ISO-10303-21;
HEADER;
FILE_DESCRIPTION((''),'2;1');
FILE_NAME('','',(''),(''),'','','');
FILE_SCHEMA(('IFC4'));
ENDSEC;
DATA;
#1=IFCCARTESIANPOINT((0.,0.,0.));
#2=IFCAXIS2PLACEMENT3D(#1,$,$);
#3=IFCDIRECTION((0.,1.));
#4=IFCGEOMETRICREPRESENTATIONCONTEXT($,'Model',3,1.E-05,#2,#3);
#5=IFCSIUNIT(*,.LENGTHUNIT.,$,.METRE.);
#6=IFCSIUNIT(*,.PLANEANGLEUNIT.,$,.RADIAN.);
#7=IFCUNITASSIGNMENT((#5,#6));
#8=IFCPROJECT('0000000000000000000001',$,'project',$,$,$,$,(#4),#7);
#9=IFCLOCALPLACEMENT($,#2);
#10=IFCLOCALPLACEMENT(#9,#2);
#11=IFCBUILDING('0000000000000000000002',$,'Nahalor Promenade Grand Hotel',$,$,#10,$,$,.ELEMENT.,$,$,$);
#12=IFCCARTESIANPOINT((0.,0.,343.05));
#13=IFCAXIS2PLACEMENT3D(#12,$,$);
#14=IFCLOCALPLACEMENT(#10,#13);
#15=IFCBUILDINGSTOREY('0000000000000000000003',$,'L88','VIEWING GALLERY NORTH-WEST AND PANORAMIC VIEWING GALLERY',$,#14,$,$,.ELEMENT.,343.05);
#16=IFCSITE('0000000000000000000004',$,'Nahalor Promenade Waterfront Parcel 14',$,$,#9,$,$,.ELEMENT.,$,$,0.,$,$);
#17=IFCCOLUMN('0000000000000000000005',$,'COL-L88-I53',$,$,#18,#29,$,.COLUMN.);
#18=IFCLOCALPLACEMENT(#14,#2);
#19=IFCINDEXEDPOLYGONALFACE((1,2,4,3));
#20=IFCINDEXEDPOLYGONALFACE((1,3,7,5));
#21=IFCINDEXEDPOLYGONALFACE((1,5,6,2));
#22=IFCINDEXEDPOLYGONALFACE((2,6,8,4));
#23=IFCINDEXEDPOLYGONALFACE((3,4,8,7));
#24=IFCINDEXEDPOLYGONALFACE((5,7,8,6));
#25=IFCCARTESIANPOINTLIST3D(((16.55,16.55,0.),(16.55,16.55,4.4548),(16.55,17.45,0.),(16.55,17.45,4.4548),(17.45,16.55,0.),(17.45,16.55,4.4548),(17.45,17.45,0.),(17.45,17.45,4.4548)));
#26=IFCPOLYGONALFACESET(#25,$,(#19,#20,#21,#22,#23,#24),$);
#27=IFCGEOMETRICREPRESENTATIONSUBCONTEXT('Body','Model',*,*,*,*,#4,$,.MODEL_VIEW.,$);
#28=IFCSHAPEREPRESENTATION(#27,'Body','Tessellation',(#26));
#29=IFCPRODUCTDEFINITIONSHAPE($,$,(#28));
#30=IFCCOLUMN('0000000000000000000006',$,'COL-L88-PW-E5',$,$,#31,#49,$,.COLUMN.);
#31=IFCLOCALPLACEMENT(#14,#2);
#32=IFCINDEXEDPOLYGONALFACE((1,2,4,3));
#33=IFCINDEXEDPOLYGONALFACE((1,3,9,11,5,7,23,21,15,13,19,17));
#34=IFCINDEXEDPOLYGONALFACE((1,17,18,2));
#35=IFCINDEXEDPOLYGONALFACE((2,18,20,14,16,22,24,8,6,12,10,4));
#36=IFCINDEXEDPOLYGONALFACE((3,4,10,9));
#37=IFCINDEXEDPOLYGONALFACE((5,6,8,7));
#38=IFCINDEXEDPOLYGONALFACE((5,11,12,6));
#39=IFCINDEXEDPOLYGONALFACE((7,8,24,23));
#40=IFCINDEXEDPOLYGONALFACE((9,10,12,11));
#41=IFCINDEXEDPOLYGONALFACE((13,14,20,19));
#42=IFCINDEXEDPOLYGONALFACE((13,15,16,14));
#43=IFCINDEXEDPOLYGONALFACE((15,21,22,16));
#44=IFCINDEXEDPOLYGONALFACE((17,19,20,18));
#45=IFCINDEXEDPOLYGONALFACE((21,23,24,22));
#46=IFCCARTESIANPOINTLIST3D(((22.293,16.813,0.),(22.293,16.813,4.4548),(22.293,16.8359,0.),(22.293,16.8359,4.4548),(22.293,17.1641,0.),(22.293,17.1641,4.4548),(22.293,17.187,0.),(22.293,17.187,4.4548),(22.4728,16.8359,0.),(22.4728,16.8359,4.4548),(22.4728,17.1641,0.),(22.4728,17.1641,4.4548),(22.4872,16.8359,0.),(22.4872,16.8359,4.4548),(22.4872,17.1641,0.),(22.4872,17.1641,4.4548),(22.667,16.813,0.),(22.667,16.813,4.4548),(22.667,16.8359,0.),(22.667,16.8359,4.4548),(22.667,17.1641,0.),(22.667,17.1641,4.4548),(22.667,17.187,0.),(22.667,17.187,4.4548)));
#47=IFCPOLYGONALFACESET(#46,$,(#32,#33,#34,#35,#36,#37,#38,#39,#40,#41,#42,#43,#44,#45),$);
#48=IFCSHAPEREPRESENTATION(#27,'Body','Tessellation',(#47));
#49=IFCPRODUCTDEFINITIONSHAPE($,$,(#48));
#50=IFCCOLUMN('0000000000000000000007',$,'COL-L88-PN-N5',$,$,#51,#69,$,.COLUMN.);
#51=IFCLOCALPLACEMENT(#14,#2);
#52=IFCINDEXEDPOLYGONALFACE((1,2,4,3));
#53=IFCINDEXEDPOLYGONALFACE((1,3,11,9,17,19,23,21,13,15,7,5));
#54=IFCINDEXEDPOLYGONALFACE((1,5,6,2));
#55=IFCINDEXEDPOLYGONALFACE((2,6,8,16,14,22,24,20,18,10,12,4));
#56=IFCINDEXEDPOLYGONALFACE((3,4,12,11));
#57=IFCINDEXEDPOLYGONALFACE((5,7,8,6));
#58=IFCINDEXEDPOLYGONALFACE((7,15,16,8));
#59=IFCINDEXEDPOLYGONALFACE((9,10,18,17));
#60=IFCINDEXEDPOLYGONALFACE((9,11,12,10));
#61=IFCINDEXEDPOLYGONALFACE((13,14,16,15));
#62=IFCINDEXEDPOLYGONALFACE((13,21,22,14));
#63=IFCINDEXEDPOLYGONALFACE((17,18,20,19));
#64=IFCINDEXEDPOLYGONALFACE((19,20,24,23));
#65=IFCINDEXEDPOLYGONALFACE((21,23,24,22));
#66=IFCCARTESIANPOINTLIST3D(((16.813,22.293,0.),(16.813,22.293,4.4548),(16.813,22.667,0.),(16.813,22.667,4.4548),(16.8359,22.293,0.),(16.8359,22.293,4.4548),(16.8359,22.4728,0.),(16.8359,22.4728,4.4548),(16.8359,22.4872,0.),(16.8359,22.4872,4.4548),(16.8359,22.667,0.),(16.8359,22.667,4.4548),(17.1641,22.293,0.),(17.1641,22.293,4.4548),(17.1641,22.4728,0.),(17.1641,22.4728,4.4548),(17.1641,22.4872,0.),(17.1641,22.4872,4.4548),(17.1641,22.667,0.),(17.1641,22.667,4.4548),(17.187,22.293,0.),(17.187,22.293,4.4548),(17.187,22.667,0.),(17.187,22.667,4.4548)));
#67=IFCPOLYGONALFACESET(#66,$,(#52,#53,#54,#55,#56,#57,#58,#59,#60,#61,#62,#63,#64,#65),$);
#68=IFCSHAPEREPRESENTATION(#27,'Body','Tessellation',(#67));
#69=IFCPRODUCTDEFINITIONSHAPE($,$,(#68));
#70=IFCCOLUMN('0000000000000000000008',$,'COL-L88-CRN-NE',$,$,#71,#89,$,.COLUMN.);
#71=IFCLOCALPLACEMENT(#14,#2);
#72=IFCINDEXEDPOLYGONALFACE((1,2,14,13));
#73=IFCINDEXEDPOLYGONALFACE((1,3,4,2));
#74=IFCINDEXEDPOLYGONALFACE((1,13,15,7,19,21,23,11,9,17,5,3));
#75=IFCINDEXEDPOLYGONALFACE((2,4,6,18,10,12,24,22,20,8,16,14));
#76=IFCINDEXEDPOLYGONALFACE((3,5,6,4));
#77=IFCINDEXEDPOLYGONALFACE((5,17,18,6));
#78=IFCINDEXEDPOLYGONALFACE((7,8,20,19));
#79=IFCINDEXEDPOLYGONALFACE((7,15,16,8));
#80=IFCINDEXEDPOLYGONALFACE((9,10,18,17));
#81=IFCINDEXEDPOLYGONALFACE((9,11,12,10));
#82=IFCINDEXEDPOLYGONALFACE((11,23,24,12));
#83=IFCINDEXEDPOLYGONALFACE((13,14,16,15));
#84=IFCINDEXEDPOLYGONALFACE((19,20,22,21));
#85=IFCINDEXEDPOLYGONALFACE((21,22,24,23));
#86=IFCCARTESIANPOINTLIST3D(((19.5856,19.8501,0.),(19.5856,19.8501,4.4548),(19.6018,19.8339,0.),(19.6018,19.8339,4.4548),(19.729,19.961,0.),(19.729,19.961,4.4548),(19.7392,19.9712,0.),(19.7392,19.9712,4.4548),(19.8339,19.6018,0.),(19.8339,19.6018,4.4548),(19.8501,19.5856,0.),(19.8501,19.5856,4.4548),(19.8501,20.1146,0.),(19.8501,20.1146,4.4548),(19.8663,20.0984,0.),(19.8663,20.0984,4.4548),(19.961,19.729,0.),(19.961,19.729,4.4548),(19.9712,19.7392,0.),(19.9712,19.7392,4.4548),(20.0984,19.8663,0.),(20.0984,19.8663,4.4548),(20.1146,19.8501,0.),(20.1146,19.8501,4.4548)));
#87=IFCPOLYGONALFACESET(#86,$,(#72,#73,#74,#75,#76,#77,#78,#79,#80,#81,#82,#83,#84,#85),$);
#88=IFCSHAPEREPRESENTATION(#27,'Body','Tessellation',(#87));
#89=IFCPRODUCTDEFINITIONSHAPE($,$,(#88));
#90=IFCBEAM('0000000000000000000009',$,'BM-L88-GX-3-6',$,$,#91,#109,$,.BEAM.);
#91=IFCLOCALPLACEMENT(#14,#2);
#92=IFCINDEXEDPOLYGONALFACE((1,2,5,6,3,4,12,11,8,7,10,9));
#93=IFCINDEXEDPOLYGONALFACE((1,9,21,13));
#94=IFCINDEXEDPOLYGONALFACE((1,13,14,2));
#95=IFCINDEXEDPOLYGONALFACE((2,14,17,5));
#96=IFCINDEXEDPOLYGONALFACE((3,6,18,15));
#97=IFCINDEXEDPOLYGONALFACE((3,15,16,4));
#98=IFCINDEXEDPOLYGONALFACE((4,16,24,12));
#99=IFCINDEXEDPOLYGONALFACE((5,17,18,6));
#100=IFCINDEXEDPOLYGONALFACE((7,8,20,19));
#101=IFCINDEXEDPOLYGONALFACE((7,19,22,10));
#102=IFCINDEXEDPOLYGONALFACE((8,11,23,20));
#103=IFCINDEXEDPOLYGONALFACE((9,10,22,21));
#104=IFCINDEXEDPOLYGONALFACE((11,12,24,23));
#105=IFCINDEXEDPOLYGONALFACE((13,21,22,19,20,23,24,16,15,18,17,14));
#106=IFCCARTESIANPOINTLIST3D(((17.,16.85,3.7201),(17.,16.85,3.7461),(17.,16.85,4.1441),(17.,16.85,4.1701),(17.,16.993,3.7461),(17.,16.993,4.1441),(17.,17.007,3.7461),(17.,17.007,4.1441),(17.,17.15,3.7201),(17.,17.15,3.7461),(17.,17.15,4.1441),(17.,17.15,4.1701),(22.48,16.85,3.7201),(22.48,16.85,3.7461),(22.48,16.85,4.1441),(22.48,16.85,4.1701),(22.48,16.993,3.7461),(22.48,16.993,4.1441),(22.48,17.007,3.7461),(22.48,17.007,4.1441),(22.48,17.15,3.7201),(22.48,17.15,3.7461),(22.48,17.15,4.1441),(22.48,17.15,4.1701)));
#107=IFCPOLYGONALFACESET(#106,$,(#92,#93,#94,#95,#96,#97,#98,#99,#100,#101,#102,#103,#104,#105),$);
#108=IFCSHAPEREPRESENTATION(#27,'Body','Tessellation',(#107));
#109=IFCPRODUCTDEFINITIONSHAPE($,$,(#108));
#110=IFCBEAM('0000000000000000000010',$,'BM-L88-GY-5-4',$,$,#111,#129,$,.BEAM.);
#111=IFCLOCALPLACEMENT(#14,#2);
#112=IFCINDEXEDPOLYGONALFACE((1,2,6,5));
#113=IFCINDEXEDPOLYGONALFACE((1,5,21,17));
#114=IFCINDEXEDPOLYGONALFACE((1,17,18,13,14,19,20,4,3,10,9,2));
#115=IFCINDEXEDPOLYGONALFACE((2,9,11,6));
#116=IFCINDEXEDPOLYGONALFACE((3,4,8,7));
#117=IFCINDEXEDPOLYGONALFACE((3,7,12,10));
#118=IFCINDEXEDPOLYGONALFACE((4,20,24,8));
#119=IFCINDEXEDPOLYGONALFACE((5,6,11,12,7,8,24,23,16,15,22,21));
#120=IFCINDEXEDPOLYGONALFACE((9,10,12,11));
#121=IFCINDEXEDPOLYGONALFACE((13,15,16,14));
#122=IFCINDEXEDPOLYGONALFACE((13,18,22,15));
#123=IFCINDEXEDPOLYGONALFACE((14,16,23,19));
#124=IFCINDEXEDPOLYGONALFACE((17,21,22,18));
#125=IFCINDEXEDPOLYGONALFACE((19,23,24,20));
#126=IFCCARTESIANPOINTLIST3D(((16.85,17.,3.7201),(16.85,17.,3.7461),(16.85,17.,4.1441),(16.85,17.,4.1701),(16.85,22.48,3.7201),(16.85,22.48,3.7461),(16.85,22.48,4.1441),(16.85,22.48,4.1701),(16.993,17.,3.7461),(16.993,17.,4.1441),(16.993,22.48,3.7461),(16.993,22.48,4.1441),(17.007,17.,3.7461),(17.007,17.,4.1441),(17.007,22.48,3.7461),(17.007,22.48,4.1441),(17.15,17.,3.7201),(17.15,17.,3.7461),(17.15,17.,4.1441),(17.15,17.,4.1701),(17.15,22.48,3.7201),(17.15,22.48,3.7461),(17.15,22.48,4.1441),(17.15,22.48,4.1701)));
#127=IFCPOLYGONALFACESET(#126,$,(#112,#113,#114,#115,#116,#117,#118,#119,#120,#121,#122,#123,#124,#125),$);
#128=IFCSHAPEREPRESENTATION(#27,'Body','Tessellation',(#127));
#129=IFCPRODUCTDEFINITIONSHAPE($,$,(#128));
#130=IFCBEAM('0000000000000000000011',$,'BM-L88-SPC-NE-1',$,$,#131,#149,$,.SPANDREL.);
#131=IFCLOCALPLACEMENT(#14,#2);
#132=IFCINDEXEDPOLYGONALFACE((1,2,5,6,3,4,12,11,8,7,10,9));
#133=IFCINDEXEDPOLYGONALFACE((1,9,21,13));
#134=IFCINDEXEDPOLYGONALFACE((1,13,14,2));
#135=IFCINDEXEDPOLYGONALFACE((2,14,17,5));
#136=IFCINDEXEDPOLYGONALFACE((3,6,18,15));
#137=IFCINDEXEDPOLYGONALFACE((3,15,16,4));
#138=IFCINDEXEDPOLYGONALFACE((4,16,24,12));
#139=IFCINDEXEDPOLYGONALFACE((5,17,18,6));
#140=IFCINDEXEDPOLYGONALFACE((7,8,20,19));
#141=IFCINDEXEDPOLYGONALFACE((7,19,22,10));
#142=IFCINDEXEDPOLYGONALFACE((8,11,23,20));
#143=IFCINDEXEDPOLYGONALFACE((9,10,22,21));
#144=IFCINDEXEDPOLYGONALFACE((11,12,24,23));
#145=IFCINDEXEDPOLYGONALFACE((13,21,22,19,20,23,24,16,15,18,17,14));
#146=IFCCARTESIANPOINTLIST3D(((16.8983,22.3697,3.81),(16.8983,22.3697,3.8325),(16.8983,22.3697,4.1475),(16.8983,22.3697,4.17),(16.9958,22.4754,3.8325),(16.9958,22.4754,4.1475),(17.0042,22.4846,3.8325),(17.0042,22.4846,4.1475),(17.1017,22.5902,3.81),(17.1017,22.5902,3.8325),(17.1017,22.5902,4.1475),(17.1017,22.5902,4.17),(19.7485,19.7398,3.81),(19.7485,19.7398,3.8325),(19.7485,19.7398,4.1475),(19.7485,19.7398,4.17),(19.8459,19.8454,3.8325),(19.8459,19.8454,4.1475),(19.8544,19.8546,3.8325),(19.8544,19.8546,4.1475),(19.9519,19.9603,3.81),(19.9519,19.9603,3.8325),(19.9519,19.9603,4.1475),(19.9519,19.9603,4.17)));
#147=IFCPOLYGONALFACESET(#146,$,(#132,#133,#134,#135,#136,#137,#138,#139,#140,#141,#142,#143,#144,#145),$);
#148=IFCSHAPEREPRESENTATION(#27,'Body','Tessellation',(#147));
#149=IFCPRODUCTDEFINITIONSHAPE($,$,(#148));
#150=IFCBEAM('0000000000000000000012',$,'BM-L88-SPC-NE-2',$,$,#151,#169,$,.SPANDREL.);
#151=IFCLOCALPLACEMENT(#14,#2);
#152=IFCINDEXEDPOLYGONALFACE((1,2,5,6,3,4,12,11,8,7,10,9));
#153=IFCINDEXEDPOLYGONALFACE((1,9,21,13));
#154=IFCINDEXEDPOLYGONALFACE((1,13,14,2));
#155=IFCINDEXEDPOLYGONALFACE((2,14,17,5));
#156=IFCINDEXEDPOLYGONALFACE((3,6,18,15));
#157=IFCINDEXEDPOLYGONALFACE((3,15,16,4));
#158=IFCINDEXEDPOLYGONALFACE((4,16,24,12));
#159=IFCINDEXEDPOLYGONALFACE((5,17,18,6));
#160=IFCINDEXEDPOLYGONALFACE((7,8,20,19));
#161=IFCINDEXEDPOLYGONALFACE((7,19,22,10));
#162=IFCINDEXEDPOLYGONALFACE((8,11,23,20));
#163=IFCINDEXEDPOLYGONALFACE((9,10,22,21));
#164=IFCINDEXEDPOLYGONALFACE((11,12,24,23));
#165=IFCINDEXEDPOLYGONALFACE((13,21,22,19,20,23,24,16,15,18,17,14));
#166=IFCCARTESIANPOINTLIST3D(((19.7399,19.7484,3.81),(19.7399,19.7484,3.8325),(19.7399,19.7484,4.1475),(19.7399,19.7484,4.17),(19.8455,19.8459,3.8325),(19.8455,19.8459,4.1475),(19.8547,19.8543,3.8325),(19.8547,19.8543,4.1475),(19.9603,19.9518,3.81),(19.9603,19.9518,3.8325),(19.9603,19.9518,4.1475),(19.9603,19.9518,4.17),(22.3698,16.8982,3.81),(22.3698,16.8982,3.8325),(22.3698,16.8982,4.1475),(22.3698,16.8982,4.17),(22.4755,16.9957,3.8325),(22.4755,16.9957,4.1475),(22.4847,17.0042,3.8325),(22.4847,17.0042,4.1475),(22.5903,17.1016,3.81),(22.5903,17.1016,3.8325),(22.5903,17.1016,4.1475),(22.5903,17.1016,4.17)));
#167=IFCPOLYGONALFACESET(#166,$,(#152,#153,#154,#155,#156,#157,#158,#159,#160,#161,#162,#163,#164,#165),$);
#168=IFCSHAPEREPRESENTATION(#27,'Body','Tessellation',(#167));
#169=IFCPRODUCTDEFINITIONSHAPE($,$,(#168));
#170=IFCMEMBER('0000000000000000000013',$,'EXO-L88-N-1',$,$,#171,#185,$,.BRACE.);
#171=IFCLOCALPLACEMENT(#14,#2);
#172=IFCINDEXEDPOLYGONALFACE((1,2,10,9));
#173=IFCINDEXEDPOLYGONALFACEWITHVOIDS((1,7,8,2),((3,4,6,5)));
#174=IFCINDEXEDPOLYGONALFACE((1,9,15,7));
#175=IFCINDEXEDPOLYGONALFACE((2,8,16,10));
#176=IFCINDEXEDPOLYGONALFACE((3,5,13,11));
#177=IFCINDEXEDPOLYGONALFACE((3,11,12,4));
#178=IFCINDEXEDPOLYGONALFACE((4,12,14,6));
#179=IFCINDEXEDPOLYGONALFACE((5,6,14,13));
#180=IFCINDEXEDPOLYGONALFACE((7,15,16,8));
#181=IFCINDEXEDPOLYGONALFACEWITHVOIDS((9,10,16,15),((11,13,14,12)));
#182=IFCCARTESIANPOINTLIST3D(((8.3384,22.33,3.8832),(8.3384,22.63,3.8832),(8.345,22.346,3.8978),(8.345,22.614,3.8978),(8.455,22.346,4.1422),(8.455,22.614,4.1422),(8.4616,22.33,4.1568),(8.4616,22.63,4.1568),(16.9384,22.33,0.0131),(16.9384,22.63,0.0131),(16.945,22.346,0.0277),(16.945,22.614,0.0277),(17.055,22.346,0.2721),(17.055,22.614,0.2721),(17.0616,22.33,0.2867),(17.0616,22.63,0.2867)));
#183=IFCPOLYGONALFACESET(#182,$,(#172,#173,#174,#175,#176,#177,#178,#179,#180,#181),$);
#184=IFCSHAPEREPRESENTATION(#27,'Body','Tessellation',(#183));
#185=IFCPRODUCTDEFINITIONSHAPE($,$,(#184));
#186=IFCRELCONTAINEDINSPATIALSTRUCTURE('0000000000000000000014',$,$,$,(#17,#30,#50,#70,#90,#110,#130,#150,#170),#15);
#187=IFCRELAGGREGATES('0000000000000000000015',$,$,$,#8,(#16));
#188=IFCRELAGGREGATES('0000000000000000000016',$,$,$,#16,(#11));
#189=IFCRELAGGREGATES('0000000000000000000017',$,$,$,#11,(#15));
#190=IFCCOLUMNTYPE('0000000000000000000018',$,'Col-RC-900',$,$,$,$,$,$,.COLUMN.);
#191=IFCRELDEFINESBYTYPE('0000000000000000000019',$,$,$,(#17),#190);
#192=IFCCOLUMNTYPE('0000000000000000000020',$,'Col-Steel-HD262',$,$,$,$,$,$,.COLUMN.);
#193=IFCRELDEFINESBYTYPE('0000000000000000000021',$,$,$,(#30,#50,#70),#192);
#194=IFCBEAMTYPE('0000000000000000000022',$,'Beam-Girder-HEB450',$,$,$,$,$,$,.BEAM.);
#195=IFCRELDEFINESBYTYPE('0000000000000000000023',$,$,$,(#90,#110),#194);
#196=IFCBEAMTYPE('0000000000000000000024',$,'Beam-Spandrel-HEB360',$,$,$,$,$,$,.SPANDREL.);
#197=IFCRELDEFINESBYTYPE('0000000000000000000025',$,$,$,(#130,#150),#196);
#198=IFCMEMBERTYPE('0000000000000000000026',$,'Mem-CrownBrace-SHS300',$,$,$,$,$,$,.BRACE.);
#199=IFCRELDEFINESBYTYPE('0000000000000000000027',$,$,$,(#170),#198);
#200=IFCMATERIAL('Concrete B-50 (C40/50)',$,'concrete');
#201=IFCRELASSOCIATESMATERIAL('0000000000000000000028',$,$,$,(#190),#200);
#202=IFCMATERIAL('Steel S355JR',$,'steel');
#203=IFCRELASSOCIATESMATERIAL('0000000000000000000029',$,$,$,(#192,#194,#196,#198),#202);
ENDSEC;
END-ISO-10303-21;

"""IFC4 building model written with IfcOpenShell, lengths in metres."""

from ifc_helpers import new_model, si_unit, direction, frame, origin, origin_2d, place, context, subcontext, project, spatial, rectangle, hollow_rectangle, i_section, extrude, source, transform, mapped, material, material_profile, profile_set, type_object, element, save


model = new_model("IFC4")

# Units and contexts
model_context = context("Model", 3, precision=1e-05, world=origin(), true_north=direction((0.0, 1.0)))
body_context = subcontext(model_context, "Body", "Model", "MODEL_VIEW")
ifc_project = project(units=[si_unit("LENGTHUNIT", "METRE"), si_unit("PLANEANGLEUNIT", "RADIAN")], contexts=[model_context])

# Site, building, storey
site_placement = place(None, origin())
site = spatial("IfcSite", under=ifc_project, at=site_placement, Name="Nahalor Promenade Waterfront Parcel 14", CompositionType="ELEMENT", RefElevation=0.0)
building_placement = place(site_placement, origin())
building = spatial("IfcBuilding", under=site, at=building_placement, Name="Nahalor Promenade Grand Hotel", CompositionType="ELEMENT")
storey_placement = place(building_placement, frame((0.0, 0.0, 343.05)))
storey = spatial("IfcBuildingStorey", under=building, at=storey_placement, Name="L88", Description="VIEWING GALLERY NORTH-WEST AND PANORAMIC VIEWING GALLERY", CompositionType="ELEMENT", Elevation=343.05)

# Columns
ifc_material_1 = material(Name="Concrete B-50 (C40/50)", Category="concrete")
ifc_material_profile_1 = material_profile(ifc_material_1, rectangle(XDim=0.9, YDim=0.9, at=origin_2d()), Name="RC 900x900")
ifc_profile_set_1 = profile_set([ifc_material_profile_1], Name="Concrete B-50 (C40/50)")
column_type_1 = type_object("IfcColumnType", Name="Col-RC-900", PredefinedType="COLUMN", material=ifc_profile_set_1)
shared_shape_1 = source(origin(), body_context, "Body", "SweptSolid", [
    extrude(rectangle(XDim=0.9, YDim=0.9, at=origin_2d()), origin(), (0.0, 0.0, 1.0), 4.4548),
])
column_placement = place(storey_placement, frame((17.0, 17.0, 0.0), z_axis=(0.0, 0.0, 1.0), x_axis=(1.0, 0.0, 0.0)))
element("IfcColumn", 1, at=column_placement, inside=storey, type_object=column_type_1, Name="COL-L88-I53", PredefinedType="COLUMN", context=body_context, shape_type="MappedRepresentation", body=[
    mapped(shared_shape_1, transform((0.0, 0.0, 0.0), scale=1.0)),
])
ifc_material_2 = material(Name="Steel S355JR", Category="steel")
ifc_material_profile_2 = material_profile(ifc_material_2, i_section(OverallWidth=0.374, OverallDepth=0.374, WebThickness=0.0144, FlangeThickness=0.0229, at=origin_2d()), Name="HD 360x262")
ifc_profile_set_2 = profile_set([ifc_material_profile_2], Name="Steel S355JR")
column_type_2 = type_object("IfcColumnType", Name="Col-Steel-HD262", PredefinedType="COLUMN", material=ifc_profile_set_2)
shared_shape_2 = source(origin(), body_context, "Body", "SweptSolid", [
    extrude(i_section(OverallWidth=0.374, OverallDepth=0.374, WebThickness=0.0144, FlangeThickness=0.0229, at=origin_2d()), origin(), (0.0, 0.0, 1.0), 4.4548),
])
for number, where, z_axis, x_axis, name in (
    (2, (22.48, 17.0, 0.0), (0.0, 0.0, 1.0), (1.0, 0.0, 0.0), "COL-L88-PW-E5"),
    (3, (17.0, 22.48, 0.0), (0.0, 0.0, 1.0), (0.0, 1.0, 0.0), "COL-L88-PN-N5"),
    (4, (19.8501, 19.8501, 0.0), (0.0, 0.0, 1.0), (0.707107, 0.707107, 0.0), "COL-L88-CRN-NE"),
):
    element("IfcColumn", number, at=place(storey_placement, frame(where, z_axis=z_axis, x_axis=x_axis)), inside=storey, type_object=column_type_2, Name=name, PredefinedType="COLUMN", context=body_context, shape_type="MappedRepresentation", body=[
        mapped(shared_shape_2, transform((0.0, 0.0, 0.0), scale=1.0)),
    ])

# Beams
ifc_material_profile_3 = material_profile(ifc_material_2, i_section(OverallWidth=0.3, OverallDepth=0.45, WebThickness=0.014, FlangeThickness=0.026, at=origin_2d()), Name="HEB 450")
ifc_profile_set_3 = profile_set([ifc_material_profile_3], Name="Steel S355JR")
beam_type_1 = type_object("IfcBeamType", Name="Beam-Girder-HEB450", PredefinedType="BEAM", material=ifc_profile_set_3)
shared_shape_3 = source(origin(), body_context, "Body", "SweptSolid", [
    extrude(i_section(OverallWidth=0.3, OverallDepth=0.45, WebThickness=0.014, FlangeThickness=0.026, at=origin_2d()), origin(), (0.0, 0.0, 1.0), 5.48),
])
for number, where, z_axis, x_axis, name in (
    (5, (17.0, 17.0, 3.9451), (1.0, 0.0, 0.0), (0.0, 1.0, 0.0), "BM-L88-GX-3-6"),
    (6, (17.0, 17.0, 3.9451), (0.0, 1.0, 0.0), (-1.0, 0.0, 0.0), "BM-L88-GY-5-4"),
):
    element("IfcBeam", number, at=place(storey_placement, frame(where, z_axis=z_axis, x_axis=x_axis)), inside=storey, type_object=beam_type_1, Name=name, PredefinedType="BEAM", context=body_context, shape_type="MappedRepresentation", body=[
        mapped(shared_shape_3, transform((0.0, 0.0, 0.0), scale=1.0)),
    ])
ifc_material_profile_4 = material_profile(ifc_material_2, i_section(OverallWidth=0.3, OverallDepth=0.36, WebThickness=0.0125, FlangeThickness=0.0225, at=origin_2d()), Name="HEB 360")
ifc_profile_set_4 = profile_set([ifc_material_profile_4], Name="Steel S355JR")
beam_type_2 = type_object("IfcBeamType", Name="Beam-Spandrel-HEB360", PredefinedType="SPANDREL", material=ifc_profile_set_4)
shared_shape_4 = source(origin(), body_context, "Body", "SweptSolid", [
    extrude(i_section(OverallWidth=0.3, OverallDepth=0.36, WebThickness=0.0125, FlangeThickness=0.0225, at=origin_2d()), origin(), (0.0, 0.0, 1.0), 3.8782),
])
for number, where, z_axis, x_axis, name in (
    (7, (17.0, 22.48, 3.99), (0.734929, -0.678144, 0.0), (0.678144, 0.734929, 0.0), "BM-L88-SPC-NE-1"),
    (8, (19.8501, 19.8501, 3.99), (0.678144, -0.734929, 0.0), (0.734929, 0.678144, 0.0), "BM-L88-SPC-NE-2"),
):
    element("IfcBeam", number, at=place(storey_placement, frame(where, z_axis=z_axis, x_axis=x_axis)), inside=storey, type_object=beam_type_2, Name=name, PredefinedType="SPANDREL", context=body_context, shape_type="MappedRepresentation", body=[
        mapped(shared_shape_4, transform((0.0, 0.0, 0.0), scale=1.0)),
    ])

# Member
ifc_material_profile_5 = material_profile(ifc_material_2, hollow_rectangle(XDim=0.3, YDim=0.3, WallThickness=0.016, at=origin_2d()), Name="SHS 300x300x16")
ifc_profile_set_5 = profile_set([ifc_material_profile_5], Name="Steel S355JR")
member_type_1 = type_object("IfcMemberType", Name="Mem-CrownBrace-SHS300", PredefinedType="BRACE", material=ifc_profile_set_5)
shared_shape_5 = source(origin(), body_context, "Body", "SweptSolid", [
    extrude(hollow_rectangle(XDim=0.3, YDim=0.3, WallThickness=0.016, at=origin_2d()), origin(), (0.0, 0.0, 1.0), 9.4307),
])
member_1_placement = place(storey_placement, frame((17.0, 22.48, 0.1499), z_axis=(-0.911919, 0.0, 0.410371), x_axis=(0.0, -1.0, 0.0)))
element("IfcMember", 9, at=member_1_placement, inside=storey, type_object=member_type_1, Name="EXO-L88-N-1", PredefinedType="BRACE", context=body_context, shape_type="MappedRepresentation", body=[
    mapped(shared_shape_5, transform((0.0, 0.0, 0.0), scale=1.0)),
])

save(model, "model.ifc")
